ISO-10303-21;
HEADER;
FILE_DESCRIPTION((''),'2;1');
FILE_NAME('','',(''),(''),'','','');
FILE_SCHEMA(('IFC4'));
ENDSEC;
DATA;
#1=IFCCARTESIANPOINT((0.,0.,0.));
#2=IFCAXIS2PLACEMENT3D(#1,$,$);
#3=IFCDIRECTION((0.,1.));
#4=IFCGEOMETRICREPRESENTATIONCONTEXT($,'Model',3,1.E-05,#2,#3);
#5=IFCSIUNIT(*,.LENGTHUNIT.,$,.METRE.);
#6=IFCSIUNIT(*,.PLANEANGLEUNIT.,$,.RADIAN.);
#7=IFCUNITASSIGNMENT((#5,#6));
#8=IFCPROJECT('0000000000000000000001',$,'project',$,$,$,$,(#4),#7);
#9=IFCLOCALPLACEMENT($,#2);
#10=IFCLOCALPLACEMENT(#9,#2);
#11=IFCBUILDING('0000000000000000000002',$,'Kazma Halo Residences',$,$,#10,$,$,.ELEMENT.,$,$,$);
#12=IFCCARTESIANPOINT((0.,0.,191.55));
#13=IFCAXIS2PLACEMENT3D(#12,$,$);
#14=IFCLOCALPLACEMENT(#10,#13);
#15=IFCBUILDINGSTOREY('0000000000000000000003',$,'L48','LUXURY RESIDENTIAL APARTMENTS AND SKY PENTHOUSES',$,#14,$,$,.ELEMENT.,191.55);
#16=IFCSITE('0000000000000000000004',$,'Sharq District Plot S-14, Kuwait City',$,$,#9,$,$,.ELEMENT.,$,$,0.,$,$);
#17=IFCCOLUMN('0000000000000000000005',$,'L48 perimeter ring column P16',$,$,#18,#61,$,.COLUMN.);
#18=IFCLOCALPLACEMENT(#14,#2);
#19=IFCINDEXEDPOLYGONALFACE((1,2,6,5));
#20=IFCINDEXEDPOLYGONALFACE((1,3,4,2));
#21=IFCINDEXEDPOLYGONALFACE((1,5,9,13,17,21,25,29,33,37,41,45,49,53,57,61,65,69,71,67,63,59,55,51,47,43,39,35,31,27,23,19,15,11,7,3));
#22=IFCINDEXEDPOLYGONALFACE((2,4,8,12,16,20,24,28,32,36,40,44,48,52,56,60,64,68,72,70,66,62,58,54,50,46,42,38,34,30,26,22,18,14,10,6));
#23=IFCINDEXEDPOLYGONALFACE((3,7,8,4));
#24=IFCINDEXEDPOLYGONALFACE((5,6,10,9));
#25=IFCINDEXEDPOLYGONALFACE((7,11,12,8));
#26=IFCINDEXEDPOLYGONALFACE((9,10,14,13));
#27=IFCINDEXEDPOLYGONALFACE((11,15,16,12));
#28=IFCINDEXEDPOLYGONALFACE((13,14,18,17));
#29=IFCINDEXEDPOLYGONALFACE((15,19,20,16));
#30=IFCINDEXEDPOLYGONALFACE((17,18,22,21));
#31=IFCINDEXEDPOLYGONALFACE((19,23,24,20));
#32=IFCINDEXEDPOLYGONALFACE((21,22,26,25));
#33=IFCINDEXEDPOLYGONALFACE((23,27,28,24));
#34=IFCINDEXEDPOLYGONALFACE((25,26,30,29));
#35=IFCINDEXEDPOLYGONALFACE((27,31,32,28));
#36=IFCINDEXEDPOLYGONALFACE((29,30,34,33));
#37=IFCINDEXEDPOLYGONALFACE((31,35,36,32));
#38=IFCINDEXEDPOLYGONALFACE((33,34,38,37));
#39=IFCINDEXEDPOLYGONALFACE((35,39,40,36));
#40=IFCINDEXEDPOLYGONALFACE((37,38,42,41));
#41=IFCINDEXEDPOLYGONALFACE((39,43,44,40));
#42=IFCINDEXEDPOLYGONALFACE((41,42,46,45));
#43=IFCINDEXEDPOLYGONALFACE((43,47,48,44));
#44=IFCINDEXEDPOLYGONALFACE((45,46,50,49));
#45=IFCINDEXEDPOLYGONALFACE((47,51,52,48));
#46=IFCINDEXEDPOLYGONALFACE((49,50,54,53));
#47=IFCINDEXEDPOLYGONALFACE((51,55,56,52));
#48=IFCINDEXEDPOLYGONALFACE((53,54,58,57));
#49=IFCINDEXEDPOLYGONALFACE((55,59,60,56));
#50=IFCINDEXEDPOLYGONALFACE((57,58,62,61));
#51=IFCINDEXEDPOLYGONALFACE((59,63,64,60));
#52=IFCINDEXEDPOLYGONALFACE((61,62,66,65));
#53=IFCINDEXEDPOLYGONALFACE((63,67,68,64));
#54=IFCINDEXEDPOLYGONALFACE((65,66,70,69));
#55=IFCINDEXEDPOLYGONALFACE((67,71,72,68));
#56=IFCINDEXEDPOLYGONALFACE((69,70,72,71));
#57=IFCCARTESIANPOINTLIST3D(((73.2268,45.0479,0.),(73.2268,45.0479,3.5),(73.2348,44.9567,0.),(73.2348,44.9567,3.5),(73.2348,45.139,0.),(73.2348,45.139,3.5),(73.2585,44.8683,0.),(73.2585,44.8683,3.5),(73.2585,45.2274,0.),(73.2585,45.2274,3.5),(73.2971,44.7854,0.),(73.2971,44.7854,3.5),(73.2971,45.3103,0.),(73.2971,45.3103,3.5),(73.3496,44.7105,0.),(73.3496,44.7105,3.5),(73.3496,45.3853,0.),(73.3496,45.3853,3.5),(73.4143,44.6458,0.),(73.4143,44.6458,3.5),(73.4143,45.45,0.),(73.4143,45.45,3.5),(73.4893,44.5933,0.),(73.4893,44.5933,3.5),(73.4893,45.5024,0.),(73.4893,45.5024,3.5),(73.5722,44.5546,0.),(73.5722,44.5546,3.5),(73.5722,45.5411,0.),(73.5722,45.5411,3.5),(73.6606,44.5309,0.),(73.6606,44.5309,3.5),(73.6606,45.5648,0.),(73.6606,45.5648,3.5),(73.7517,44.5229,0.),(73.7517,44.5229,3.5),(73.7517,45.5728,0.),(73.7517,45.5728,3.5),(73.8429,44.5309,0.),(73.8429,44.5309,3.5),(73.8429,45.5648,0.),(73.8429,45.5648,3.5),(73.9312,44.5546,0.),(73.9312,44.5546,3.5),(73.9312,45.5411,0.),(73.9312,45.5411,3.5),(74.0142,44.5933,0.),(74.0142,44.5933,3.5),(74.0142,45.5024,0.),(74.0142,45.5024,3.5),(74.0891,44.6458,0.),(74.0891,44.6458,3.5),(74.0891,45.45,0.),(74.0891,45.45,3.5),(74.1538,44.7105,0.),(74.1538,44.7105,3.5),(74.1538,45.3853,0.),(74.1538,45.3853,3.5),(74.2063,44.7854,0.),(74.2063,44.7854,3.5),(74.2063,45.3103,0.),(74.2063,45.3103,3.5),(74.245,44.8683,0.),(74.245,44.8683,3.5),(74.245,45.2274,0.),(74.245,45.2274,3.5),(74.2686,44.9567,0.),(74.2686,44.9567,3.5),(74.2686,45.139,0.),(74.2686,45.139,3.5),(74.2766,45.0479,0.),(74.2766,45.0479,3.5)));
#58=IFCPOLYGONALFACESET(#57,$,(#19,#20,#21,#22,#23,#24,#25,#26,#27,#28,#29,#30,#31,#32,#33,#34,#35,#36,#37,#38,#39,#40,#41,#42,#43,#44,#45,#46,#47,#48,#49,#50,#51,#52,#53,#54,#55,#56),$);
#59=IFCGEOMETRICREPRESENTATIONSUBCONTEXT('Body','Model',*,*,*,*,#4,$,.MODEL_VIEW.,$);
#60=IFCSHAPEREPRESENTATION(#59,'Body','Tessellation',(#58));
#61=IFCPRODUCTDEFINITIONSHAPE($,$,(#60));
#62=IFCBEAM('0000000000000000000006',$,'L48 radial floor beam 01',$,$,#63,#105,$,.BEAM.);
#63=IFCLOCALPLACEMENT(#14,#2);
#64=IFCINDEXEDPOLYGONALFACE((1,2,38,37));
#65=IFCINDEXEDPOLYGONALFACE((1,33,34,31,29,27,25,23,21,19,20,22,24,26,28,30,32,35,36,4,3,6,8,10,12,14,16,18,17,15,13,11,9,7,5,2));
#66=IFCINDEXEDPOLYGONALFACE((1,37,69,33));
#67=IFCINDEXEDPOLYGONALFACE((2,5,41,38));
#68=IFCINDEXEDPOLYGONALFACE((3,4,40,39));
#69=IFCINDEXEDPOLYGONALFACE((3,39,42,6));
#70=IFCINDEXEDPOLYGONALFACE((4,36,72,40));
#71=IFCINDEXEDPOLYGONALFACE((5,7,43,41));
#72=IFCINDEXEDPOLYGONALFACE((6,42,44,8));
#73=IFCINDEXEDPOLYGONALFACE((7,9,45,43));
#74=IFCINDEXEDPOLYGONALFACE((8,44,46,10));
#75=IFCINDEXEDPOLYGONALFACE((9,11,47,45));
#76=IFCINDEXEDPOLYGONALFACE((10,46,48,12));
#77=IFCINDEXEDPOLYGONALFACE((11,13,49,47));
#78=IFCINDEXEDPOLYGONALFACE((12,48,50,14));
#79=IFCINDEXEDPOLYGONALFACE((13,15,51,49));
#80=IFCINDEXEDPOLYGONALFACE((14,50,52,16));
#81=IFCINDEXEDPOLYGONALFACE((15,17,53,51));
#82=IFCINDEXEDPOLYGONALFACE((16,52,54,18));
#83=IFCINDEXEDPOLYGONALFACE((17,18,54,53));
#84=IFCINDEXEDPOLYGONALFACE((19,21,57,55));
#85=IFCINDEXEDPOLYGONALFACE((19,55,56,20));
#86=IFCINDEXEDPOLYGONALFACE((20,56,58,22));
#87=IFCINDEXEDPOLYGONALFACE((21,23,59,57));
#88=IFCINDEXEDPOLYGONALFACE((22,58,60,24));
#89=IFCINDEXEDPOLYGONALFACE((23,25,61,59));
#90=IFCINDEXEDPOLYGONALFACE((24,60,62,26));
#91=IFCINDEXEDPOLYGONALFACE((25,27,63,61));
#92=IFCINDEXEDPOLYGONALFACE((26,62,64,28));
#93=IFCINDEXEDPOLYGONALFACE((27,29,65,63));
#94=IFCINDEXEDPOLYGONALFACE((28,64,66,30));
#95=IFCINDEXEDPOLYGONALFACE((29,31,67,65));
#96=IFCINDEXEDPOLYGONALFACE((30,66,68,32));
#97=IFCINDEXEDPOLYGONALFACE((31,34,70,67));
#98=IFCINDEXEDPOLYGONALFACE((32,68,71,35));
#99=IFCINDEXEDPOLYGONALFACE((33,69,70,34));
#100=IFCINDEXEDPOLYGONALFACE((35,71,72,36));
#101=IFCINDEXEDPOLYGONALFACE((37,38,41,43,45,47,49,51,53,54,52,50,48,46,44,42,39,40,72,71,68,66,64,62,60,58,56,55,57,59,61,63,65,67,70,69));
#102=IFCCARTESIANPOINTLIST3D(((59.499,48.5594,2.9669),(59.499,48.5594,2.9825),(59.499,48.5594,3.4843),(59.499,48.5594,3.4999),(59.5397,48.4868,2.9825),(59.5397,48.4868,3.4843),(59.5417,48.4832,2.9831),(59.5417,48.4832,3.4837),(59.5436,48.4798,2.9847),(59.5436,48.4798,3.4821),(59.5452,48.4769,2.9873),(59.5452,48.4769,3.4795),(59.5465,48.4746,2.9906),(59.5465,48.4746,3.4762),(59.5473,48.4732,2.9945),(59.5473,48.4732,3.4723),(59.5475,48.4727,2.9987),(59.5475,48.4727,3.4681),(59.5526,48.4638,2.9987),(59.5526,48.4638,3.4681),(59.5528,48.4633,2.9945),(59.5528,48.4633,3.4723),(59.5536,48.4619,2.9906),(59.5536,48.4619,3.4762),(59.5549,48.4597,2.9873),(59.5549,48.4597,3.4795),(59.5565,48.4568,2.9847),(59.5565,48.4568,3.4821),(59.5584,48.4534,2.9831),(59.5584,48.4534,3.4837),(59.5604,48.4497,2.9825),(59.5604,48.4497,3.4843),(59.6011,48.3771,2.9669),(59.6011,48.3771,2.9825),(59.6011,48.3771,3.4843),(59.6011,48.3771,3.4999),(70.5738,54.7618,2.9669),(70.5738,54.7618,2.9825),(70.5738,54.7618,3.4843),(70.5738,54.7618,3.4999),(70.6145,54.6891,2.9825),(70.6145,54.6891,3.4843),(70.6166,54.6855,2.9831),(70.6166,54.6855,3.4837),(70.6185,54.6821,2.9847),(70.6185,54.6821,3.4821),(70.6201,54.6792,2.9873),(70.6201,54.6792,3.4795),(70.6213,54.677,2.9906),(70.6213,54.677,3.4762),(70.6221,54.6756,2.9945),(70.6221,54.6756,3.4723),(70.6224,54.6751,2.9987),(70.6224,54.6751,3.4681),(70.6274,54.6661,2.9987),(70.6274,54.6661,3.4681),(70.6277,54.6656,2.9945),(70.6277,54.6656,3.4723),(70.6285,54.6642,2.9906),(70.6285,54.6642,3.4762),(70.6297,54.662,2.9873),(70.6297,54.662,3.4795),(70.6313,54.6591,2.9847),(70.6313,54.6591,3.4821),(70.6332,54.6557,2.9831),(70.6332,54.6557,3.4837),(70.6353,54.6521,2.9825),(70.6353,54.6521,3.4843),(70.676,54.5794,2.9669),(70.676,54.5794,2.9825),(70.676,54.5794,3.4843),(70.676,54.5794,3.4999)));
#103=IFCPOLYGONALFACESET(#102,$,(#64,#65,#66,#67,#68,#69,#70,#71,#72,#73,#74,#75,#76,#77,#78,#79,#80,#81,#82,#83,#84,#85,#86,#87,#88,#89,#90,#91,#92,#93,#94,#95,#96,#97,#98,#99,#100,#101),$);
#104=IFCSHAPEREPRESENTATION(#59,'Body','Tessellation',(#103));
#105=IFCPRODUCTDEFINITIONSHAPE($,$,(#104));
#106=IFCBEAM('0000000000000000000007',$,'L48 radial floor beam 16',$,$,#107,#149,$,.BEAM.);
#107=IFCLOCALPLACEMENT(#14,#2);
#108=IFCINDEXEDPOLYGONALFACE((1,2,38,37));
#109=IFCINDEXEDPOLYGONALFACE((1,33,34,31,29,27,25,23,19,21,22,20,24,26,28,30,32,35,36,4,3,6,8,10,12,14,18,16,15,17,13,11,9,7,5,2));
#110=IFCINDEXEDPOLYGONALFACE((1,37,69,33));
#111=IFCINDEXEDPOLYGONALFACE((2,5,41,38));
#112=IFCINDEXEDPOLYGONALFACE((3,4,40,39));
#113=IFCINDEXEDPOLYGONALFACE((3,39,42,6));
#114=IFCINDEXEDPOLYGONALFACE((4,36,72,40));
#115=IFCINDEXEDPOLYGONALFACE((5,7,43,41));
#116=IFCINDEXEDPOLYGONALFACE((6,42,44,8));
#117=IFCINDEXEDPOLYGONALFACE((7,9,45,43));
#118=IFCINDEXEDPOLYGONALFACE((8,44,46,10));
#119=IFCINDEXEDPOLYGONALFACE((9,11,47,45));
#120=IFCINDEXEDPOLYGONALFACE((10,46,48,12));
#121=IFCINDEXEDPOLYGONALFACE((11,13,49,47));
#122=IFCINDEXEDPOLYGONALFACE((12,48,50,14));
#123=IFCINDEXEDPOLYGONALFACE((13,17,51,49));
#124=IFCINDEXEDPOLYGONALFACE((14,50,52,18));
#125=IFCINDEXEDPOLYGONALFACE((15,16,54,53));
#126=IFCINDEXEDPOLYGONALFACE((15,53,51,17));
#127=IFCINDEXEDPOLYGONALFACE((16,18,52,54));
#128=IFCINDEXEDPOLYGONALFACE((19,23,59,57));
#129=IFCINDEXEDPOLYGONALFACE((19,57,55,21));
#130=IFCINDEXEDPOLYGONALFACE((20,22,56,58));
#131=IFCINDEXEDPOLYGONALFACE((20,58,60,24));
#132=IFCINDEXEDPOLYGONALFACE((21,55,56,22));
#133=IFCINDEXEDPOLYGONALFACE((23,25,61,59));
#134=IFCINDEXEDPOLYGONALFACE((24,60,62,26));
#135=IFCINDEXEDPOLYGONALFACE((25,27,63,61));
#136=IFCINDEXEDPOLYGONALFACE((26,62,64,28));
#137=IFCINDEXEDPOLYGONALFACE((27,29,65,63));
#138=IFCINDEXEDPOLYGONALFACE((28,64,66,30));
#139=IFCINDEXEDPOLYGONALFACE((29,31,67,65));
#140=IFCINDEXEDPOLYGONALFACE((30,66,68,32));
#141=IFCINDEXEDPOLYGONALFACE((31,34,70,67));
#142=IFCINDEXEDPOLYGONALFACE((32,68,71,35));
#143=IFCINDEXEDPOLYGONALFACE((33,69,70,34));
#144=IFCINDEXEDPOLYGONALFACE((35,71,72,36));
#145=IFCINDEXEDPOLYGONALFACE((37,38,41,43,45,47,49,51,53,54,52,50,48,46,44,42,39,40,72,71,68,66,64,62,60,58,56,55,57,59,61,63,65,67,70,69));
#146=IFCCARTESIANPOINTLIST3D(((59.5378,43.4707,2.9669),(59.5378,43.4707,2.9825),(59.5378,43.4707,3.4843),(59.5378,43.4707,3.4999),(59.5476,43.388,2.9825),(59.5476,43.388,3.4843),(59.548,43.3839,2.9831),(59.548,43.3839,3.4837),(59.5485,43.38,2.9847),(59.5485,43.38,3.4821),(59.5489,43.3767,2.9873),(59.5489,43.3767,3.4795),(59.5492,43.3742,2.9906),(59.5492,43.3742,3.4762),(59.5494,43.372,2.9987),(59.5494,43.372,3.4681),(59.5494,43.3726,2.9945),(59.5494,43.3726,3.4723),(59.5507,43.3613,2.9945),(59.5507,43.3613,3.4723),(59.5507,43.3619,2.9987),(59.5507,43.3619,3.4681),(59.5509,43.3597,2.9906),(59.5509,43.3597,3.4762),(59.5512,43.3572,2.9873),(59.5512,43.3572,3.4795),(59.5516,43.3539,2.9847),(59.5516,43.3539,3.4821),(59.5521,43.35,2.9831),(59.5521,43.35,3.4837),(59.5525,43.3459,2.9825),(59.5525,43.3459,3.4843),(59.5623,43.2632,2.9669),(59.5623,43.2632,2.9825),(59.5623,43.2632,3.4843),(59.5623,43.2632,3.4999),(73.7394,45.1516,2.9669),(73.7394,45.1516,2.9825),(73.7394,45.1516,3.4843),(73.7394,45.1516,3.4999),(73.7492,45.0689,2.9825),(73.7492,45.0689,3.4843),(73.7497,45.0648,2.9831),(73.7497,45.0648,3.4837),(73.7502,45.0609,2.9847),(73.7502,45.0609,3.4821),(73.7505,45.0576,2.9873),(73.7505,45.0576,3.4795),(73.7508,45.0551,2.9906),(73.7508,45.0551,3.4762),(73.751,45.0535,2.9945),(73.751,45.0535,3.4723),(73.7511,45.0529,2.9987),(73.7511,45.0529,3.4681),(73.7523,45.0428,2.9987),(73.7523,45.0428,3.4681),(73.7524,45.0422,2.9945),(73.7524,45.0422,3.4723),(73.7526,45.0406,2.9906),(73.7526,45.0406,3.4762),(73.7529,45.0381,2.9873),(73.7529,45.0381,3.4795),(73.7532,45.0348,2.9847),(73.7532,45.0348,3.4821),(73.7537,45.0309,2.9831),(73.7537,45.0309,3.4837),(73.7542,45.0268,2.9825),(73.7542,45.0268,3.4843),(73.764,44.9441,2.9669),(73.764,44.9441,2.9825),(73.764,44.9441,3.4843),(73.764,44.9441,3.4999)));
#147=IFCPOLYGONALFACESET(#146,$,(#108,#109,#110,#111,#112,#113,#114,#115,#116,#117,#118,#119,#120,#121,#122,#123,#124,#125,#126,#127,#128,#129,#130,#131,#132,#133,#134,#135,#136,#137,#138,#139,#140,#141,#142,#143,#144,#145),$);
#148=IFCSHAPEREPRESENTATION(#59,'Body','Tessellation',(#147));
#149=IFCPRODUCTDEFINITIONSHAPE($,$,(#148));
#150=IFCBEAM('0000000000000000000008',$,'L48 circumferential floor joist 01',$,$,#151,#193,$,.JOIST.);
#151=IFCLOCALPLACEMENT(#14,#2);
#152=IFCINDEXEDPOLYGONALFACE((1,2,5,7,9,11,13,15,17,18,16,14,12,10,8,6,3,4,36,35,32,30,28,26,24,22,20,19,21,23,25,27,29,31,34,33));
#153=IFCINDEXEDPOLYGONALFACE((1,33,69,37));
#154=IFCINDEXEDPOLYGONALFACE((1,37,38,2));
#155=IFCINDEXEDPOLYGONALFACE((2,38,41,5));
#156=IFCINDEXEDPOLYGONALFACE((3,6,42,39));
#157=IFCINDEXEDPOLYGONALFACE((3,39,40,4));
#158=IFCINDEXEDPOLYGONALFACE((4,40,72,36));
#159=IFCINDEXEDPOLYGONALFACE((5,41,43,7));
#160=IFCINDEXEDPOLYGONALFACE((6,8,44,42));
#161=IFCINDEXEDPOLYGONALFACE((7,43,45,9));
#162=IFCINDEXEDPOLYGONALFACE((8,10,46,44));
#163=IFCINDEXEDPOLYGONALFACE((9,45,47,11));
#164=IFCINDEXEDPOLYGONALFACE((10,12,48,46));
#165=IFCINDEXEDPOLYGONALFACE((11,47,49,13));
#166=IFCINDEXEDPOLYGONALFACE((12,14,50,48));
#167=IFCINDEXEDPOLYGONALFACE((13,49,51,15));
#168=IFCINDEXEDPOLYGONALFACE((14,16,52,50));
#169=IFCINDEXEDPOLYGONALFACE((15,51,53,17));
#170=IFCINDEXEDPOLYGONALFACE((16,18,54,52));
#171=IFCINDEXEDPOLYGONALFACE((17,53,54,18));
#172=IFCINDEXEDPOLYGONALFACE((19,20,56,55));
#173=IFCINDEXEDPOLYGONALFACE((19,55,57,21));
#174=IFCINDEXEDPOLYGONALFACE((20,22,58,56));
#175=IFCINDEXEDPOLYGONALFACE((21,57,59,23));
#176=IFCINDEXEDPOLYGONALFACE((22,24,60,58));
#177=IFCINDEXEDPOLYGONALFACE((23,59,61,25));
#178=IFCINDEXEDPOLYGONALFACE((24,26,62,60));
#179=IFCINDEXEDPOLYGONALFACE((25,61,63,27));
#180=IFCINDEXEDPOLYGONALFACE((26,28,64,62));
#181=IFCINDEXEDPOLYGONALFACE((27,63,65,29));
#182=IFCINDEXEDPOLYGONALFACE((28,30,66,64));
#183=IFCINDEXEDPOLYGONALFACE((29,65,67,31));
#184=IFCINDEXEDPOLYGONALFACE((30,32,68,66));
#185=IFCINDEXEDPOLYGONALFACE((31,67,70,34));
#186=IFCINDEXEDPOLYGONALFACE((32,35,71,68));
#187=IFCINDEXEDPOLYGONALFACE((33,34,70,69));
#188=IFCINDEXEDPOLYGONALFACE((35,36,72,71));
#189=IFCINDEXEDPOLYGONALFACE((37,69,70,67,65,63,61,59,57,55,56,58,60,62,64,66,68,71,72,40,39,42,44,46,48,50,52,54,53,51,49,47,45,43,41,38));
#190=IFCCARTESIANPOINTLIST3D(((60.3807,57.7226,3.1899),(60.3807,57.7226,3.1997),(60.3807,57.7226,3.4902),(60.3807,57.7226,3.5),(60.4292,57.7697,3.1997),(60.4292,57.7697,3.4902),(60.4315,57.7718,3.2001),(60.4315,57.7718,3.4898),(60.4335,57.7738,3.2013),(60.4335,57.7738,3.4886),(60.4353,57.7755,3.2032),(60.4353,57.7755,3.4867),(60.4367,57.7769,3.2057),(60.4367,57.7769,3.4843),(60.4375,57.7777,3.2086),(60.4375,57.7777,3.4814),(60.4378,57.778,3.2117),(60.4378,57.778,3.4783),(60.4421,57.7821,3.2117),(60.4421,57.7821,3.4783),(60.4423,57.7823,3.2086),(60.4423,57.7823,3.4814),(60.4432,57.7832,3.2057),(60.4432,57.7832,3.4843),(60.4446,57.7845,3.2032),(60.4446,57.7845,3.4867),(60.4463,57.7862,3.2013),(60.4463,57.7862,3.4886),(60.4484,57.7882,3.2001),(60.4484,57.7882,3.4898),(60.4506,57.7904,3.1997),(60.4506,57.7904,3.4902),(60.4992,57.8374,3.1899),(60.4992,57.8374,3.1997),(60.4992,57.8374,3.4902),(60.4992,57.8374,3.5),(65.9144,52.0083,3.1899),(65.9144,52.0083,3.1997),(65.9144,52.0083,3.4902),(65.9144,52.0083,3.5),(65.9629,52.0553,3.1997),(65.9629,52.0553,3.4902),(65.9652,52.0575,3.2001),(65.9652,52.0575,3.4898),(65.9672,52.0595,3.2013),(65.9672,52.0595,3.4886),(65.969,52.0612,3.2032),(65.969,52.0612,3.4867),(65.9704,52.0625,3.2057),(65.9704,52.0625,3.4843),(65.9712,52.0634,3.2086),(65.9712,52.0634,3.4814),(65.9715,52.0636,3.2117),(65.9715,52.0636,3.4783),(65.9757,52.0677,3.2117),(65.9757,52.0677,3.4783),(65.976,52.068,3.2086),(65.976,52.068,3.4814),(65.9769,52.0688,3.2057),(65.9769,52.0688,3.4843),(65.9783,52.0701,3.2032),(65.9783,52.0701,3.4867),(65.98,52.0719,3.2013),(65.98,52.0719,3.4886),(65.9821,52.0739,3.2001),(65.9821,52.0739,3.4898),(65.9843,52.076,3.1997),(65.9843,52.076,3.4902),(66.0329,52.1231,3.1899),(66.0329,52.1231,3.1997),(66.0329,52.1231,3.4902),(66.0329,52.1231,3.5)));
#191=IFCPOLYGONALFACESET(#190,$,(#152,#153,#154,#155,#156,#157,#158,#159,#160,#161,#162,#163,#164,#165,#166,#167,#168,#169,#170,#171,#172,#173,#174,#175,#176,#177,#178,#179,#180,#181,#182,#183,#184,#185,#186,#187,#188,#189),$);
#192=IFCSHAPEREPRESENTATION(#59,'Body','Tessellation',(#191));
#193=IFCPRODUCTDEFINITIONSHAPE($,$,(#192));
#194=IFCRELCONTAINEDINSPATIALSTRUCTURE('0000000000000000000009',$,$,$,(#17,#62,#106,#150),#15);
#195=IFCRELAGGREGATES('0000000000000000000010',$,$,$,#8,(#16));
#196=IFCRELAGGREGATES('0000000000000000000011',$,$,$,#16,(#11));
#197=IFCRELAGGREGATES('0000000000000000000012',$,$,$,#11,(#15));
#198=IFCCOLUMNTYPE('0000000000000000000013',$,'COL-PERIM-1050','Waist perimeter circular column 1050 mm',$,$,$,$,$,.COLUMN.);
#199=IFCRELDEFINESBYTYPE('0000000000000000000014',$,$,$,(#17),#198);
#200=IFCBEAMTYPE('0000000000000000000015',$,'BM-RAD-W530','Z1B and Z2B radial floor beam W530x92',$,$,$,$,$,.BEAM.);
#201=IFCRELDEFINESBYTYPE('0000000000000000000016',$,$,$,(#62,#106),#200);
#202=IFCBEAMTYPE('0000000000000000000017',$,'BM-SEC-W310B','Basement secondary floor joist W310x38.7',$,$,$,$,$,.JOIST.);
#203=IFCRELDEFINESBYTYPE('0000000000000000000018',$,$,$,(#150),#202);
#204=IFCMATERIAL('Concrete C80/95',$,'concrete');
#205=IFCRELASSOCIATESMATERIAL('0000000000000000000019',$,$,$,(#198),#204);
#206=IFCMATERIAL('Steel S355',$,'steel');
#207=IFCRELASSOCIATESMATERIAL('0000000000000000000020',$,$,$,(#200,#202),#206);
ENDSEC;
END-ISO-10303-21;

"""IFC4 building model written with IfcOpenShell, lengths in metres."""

from ifc_helpers import new_model, si_unit, direction, frame, origin, origin_2d, place, context, subcontext, project, spatial, circle, i_section, extrude, material, material_profile, profile_set, type_object, element, save


model = new_model("IFC4")

# Units and contexts
model_context = context("Model", 3, precision=1e-05, world=origin(), true_north=direction((0.0, 1.0)))
body_context = subcontext(model_context, "Body", "Model", "MODEL_VIEW")
ifc_project = project(units=[si_unit("LENGTHUNIT", "METRE"), si_unit("PLANEANGLEUNIT", "RADIAN")], contexts=[model_context])

# Site, building, storey
site_placement = place(None, origin())
site = spatial("IfcSite", under=ifc_project, at=site_placement, Name="Sharq District Plot S-14, Kuwait City", CompositionType="ELEMENT", RefElevation=0.0)
building_placement = place(site_placement, origin())
building = spatial("IfcBuilding", under=site, at=building_placement, Name="Kazma Halo Residences", CompositionType="ELEMENT")
storey_placement = place(building_placement, frame((0.0, 0.0, 191.55)))
storey = spatial("IfcBuildingStorey", under=building, at=storey_placement, Name="L48", Description="LUXURY RESIDENTIAL APARTMENTS AND SKY PENTHOUSES", CompositionType="ELEMENT", Elevation=191.55)

# Column
ifc_material_1 = material(Name="Concrete C80/95", Category="concrete")
ifc_material_profile_1 = material_profile(ifc_material_1, circle(Radius=0.5249, at=origin_2d()), Name="CIRC1050")
ifc_profile_set_1 = profile_set([ifc_material_profile_1], Name="Concrete C80/95")
column_type = type_object("IfcColumnType", Name="COL-PERIM-1050", Description="Waist perimeter circular column 1050 mm", PredefinedType="COLUMN", material=ifc_profile_set_1)
column_placement = place(storey_placement, frame((73.7517, 45.0479, 0.0), z_axis=(0.0, 0.0, 1.0), x_axis=(1.0, 0.0, 0.0)))
element("IfcColumn", 1, at=column_placement, inside=storey, type_object=column_type, Name="L48 perimeter ring column P16", PredefinedType="COLUMN", context=body_context, shape_type="SweptSolid", body=[
    extrude(circle(Radius=0.5249, at=origin_2d()), origin(), (0.0, 0.0, 1.0), 3.5),
])

# Beams
ifc_material_2 = material(Name="Steel S355", Category="steel")
ifc_material_profile_2 = material_profile(ifc_material_2, i_section(OverallWidth=0.209, OverallDepth=0.533, WebThickness=0.0103, FlangeThickness=0.0156, FilletRadius=0.0161, at=origin_2d()), Name="W530x92")
ifc_profile_set_2 = profile_set([ifc_material_profile_2], Name="Steel S355")
beam_type_1 = type_object("IfcBeamType", Name="BM-RAD-W530", Description="Z1B and Z2B radial floor beam W530x92", PredefinedType="BEAM", material=ifc_profile_set_2)
beam_1_placement = place(storey_placement, frame((59.55, 48.4683, 3.2334), z_axis=(0.872492, 0.488629, 0.0), x_axis=(-0.488629, 0.872492, 0.0)))
element("IfcBeam", 2, at=beam_1_placement, inside=storey, type_object=beam_type_1, Name="L48 radial floor beam 01", PredefinedType="BEAM", context=body_context, shape_type="SweptSolid", body=[
    extrude(i_section(OverallWidth=0.209, OverallDepth=0.533, WebThickness=0.0103, FlangeThickness=0.0156, FilletRadius=0.0161, at=origin_2d()), origin(), (0.0, 0.0, 1.0), 12.6934),
])
beam_2_placement = place(storey_placement, frame((59.55, 43.3669, 3.2334), z_axis=(0.993068, 0.11754, 0.0), x_axis=(-0.11754, 0.993068, 0.0)))
element("IfcBeam", 3, at=beam_2_placement, inside=storey, type_object=beam_type_1, Name="L48 radial floor beam 16", PredefinedType="BEAM", context=body_context, shape_type="SweptSolid", body=[
    extrude(i_section(OverallWidth=0.209, OverallDepth=0.533, WebThickness=0.0103, FlangeThickness=0.0156, FilletRadius=0.0161, at=origin_2d()), origin(), (0.0, 0.0, 1.0), 14.3008),
])
ifc_material_profile_3 = material_profile(ifc_material_2, i_section(OverallWidth=0.165, OverallDepth=0.3101, WebThickness=0.0059, FlangeThickness=0.0098, FilletRadius=0.012, at=origin_2d()), Name="W310x38.7")
ifc_profile_set_3 = profile_set([ifc_material_profile_3], Name="Steel S355")
beam_type_2 = type_object("IfcBeamType", Name="BM-SEC-W310B", Description="Basement secondary floor joist W310x38.7", PredefinedType="JOIST", material=ifc_profile_set_3)
beam_3_placement = place(storey_placement, frame((65.9736, 52.0657, 3.345), z_axis=(-0.69566, 0.718372, 0.0), x_axis=(-0.718372, -0.69566, 0.0)))
element("IfcBeam", 4, at=beam_3_placement, inside=storey, type_object=beam_type_2, Name="L48 circumferential floor joist 01", PredefinedType="JOIST", context=body_context, shape_type="SweptSolid", body=[
    extrude(i_section(OverallWidth=0.165, OverallDepth=0.3101, WebThickness=0.0059, FlangeThickness=0.0098, FilletRadius=0.012, at=origin_2d()), origin(), (0.0, 0.0, 1.0), 7.9546),
])

save(model, "model.ifc")
